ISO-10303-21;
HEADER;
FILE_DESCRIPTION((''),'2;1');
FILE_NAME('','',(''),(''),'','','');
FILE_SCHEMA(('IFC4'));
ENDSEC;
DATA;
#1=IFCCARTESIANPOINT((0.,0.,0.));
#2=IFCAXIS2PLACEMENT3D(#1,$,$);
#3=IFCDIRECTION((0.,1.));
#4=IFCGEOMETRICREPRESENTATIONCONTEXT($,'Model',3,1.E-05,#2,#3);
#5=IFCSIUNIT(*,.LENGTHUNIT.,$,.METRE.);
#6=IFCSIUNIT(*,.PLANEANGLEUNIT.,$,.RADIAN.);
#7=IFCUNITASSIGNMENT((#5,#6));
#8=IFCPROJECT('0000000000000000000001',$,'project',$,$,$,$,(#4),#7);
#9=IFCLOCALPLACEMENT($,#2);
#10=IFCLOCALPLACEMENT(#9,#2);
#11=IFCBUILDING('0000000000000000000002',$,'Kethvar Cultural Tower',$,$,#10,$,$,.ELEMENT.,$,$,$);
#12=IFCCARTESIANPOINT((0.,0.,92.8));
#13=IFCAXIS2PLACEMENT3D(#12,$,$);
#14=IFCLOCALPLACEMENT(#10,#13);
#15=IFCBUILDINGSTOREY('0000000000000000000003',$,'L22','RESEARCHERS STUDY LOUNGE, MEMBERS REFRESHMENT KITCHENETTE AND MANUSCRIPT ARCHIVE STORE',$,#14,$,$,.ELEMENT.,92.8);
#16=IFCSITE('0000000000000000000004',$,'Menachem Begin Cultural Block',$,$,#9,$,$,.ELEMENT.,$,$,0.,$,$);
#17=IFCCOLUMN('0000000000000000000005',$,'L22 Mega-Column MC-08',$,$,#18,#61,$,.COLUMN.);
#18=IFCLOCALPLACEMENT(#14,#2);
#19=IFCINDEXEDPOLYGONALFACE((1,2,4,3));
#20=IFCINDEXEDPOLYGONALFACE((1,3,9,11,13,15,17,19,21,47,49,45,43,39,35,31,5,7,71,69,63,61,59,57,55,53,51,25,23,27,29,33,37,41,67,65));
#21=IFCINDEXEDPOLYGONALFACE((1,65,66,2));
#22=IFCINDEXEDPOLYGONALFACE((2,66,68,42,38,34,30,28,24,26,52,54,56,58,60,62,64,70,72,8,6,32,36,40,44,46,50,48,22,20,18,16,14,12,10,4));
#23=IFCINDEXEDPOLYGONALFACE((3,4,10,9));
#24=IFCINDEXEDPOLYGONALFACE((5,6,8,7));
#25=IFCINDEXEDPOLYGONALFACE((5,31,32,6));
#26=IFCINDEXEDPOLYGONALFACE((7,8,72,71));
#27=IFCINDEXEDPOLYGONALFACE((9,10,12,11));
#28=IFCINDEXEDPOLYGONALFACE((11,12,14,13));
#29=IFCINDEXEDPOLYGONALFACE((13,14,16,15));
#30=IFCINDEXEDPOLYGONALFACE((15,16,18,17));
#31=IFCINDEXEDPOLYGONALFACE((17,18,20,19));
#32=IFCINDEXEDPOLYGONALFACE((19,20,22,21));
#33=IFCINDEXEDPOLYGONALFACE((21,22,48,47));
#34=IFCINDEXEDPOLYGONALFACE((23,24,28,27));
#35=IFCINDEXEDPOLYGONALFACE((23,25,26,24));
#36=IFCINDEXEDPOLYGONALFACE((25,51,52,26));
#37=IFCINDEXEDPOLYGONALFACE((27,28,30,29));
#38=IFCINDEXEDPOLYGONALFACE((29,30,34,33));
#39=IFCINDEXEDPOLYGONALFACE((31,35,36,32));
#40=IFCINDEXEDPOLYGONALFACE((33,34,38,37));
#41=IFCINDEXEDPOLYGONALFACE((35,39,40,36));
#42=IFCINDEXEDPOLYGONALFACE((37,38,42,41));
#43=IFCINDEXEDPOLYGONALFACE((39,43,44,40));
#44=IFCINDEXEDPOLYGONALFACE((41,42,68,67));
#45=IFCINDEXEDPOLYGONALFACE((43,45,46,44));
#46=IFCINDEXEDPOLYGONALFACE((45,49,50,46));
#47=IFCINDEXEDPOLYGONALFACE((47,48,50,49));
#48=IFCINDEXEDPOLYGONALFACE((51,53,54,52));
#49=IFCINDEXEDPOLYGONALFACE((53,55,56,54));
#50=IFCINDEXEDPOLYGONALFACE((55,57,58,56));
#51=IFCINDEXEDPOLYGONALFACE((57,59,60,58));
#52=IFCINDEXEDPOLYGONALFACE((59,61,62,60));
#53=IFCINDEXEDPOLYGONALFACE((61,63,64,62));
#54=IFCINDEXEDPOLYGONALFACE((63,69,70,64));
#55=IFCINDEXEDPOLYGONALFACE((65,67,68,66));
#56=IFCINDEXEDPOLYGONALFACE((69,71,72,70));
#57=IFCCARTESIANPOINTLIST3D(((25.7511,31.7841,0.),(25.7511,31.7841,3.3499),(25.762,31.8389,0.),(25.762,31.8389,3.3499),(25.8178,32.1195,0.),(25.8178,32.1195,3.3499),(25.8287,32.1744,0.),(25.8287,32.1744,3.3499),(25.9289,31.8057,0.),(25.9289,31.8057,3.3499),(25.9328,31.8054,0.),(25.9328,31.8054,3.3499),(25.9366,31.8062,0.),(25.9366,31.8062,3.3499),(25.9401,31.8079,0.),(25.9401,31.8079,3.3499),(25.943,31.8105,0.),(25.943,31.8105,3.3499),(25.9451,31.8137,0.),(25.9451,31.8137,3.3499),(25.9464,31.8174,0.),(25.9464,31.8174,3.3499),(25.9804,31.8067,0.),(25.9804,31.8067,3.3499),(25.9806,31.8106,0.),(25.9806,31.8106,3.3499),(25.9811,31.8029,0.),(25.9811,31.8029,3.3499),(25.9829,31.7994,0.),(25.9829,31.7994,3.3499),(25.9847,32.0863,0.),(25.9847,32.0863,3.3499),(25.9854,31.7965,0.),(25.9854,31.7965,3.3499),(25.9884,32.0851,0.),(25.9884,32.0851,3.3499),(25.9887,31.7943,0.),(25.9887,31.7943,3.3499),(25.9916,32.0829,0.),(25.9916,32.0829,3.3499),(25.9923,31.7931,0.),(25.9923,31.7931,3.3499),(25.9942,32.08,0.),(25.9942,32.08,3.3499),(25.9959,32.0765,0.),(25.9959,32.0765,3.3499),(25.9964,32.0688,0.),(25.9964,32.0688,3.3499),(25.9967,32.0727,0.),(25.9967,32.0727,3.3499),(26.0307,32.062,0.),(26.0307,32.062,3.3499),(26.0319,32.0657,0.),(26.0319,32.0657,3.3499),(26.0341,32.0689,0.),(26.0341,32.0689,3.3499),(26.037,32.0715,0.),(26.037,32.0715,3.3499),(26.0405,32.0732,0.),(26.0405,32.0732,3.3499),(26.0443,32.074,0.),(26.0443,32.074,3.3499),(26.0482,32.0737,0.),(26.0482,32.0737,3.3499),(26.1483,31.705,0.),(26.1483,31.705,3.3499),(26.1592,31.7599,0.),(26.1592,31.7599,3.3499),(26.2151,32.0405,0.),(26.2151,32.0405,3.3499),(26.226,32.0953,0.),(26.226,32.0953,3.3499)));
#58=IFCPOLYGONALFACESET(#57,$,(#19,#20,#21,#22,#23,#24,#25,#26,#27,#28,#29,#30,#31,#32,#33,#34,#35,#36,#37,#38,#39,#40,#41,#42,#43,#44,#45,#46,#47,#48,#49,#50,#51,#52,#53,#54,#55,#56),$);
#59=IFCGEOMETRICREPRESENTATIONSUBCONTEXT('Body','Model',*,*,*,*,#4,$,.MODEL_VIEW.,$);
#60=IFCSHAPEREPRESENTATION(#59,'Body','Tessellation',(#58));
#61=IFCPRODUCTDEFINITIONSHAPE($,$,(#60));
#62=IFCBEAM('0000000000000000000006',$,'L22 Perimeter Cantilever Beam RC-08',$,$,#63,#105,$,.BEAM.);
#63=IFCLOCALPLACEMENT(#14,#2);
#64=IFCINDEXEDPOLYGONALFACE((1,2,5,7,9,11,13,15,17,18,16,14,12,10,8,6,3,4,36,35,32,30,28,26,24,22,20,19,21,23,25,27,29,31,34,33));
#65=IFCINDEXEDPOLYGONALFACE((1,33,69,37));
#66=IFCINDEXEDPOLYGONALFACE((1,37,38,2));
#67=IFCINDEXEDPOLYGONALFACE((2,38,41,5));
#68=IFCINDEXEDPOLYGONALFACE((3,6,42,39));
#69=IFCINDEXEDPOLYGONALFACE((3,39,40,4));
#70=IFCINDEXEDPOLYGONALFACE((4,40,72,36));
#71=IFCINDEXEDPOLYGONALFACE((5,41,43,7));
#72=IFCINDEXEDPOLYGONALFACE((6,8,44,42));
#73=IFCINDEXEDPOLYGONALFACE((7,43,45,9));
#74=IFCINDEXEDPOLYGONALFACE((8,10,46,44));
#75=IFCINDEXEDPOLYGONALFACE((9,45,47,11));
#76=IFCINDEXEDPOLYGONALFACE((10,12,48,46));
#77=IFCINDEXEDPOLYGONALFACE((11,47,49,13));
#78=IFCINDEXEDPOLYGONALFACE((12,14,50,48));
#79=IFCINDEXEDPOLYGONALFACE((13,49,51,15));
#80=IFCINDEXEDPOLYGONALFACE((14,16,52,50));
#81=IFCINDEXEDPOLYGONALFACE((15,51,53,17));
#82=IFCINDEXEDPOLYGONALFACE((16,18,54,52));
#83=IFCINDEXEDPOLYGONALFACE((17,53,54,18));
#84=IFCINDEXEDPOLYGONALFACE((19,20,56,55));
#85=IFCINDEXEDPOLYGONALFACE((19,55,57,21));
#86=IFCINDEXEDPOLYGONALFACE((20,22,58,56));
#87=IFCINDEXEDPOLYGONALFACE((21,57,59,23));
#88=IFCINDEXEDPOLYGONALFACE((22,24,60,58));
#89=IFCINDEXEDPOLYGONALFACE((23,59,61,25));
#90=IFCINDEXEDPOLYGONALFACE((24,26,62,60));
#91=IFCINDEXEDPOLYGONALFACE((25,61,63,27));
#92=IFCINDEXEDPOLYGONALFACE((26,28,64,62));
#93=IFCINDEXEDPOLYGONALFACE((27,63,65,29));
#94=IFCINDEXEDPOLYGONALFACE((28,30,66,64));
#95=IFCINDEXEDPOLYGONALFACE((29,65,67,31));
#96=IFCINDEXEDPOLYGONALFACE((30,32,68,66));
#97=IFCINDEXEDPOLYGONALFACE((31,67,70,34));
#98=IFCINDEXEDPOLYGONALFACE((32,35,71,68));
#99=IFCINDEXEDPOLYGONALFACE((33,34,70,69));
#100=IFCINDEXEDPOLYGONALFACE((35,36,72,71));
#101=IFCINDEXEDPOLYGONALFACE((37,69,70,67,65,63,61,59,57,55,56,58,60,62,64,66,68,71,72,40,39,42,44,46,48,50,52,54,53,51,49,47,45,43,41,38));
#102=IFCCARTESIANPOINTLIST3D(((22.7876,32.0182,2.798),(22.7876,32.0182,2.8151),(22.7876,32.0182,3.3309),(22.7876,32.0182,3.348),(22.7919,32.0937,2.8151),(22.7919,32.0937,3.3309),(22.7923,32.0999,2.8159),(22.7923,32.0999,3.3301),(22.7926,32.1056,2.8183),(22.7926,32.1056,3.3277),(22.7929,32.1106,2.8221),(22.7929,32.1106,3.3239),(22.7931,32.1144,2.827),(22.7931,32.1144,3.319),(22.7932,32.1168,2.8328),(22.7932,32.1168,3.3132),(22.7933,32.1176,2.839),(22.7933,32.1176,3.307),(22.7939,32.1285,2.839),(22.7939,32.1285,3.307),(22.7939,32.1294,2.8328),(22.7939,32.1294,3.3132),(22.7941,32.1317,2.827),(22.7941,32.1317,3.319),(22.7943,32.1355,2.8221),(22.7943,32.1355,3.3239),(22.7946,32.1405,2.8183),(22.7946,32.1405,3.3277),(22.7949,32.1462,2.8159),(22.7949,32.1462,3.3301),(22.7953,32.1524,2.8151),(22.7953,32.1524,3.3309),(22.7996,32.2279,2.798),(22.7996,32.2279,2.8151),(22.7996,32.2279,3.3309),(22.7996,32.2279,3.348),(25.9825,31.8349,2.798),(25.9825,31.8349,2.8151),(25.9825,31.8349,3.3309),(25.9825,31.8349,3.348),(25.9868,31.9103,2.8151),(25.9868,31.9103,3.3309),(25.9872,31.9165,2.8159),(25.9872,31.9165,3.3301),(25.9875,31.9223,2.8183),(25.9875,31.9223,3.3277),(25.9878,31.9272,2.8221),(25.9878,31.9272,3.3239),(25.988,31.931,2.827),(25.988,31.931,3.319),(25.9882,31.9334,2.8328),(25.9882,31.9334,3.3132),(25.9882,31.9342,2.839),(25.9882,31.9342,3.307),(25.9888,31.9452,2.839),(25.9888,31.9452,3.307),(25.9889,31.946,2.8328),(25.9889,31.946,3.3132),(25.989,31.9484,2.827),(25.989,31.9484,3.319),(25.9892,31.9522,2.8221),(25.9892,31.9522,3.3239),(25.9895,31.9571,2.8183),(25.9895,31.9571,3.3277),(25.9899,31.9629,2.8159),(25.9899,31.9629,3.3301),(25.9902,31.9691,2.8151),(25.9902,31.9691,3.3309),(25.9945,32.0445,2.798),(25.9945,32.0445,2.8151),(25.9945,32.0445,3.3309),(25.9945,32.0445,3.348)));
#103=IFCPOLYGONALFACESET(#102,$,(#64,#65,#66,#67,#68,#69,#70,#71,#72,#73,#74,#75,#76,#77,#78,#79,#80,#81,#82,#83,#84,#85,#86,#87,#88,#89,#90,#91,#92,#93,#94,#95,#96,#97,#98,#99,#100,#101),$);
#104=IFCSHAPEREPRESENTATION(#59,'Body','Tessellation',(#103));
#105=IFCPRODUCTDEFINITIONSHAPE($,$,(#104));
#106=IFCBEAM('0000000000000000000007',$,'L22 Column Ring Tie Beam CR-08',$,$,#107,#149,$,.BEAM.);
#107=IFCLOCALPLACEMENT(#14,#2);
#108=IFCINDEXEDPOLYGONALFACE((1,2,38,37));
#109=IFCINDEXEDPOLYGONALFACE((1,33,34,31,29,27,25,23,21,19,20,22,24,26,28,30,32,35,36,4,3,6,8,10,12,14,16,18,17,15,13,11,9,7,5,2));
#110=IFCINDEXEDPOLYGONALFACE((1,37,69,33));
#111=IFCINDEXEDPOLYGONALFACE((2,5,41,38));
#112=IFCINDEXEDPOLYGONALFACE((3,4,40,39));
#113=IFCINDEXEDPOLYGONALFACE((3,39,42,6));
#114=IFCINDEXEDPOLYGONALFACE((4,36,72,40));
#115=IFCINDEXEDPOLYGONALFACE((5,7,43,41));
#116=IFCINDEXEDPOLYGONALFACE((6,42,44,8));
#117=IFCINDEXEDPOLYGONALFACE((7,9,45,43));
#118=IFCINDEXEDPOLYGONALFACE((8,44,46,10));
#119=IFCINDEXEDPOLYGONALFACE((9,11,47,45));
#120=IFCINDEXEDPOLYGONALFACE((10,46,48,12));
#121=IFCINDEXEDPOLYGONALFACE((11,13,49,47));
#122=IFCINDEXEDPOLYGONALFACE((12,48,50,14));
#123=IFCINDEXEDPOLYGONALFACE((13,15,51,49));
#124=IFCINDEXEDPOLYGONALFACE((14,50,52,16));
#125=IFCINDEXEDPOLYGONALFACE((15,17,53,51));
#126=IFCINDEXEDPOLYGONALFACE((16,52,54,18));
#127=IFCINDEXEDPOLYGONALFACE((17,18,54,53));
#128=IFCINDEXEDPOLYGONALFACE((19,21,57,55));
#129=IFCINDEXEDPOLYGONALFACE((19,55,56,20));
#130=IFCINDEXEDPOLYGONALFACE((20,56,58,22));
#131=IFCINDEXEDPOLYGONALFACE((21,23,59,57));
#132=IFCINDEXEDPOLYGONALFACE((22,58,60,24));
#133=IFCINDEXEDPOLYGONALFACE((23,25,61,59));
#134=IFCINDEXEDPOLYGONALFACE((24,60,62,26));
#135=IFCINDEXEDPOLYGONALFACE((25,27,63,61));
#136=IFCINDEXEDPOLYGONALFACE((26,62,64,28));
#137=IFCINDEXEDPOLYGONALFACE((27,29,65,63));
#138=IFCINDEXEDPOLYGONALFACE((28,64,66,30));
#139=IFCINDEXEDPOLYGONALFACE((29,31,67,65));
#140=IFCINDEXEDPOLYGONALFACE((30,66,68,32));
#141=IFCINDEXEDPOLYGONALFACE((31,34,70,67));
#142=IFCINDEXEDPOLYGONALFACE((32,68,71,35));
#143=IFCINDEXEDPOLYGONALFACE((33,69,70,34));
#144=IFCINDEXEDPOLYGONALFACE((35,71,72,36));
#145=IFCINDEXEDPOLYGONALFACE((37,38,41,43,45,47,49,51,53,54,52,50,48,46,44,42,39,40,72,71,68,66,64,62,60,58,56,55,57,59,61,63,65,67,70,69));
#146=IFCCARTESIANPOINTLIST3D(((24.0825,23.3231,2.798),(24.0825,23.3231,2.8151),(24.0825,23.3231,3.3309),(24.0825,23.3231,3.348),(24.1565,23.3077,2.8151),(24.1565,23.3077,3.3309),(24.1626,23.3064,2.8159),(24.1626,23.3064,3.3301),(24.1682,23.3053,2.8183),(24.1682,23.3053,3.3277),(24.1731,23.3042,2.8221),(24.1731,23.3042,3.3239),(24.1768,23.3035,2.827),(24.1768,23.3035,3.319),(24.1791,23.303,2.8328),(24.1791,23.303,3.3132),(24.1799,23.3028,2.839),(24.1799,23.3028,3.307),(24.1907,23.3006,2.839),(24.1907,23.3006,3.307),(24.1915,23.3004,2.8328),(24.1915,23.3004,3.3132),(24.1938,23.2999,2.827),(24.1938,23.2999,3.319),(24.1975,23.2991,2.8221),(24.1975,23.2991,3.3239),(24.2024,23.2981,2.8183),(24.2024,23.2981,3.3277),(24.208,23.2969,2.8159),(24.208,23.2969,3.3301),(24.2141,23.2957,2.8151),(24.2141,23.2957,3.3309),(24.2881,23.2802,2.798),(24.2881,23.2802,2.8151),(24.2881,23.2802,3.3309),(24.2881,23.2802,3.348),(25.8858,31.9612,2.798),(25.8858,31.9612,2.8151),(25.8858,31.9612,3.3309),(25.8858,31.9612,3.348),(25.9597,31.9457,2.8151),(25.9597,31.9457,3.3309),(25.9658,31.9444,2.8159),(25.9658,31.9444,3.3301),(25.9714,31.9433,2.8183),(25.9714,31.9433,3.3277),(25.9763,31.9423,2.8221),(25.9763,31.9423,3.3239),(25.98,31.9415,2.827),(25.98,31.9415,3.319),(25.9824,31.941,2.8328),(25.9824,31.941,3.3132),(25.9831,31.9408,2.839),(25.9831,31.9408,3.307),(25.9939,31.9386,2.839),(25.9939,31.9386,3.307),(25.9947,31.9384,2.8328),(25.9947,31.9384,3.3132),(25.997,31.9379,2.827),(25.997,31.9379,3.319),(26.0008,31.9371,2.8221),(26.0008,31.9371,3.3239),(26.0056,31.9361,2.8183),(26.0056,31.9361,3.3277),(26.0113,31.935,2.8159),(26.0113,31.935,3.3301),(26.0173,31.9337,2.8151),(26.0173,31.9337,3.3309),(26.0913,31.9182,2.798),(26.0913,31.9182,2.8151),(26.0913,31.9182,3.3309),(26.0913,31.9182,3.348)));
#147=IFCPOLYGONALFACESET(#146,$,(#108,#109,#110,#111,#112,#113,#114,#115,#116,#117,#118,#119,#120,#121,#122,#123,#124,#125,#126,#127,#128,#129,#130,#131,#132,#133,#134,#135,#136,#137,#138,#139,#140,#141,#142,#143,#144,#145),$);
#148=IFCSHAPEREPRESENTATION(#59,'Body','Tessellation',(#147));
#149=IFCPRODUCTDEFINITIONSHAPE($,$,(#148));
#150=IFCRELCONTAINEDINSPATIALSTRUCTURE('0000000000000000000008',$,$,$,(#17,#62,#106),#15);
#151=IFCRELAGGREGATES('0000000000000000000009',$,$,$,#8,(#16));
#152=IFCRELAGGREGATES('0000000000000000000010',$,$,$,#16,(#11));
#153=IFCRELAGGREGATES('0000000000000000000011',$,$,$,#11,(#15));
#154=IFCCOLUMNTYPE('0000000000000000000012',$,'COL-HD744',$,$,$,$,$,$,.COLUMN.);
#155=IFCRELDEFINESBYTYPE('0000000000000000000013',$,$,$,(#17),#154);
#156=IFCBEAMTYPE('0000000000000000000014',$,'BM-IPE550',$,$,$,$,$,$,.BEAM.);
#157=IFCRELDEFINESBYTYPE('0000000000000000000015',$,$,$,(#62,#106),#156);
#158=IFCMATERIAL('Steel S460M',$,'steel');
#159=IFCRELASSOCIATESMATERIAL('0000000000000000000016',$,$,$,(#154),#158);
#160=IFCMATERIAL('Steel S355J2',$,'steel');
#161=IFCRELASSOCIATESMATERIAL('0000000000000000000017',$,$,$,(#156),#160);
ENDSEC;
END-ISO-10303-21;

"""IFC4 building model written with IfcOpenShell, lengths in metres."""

from ifc_helpers import new_model, si_unit, direction, frame, origin, origin_2d, place, context, subcontext, project, spatial, i_section, extrude, source, transform, mapped, material, material_profile, profile_set, type_object, element, save


model = new_model("IFC4")

# Units and contexts
model_context = context("Model", 3, precision=1e-05, world=origin(), true_north=direction((0.0, 1.0)))
body_context = subcontext(model_context, "Body", "Model", "MODEL_VIEW")
ifc_project = project(units=[si_unit("LENGTHUNIT", "METRE"), si_unit("PLANEANGLEUNIT", "RADIAN")], contexts=[model_context])

# Site, building, storey
site_placement = place(None, origin())
site = spatial("IfcSite", under=ifc_project, at=site_placement, Name="Menachem Begin Cultural Block", CompositionType="ELEMENT", RefElevation=0.0)
building_placement = place(site_placement, origin())
building = spatial("IfcBuilding", under=site, at=building_placement, Name="Kethvar Cultural Tower", CompositionType="ELEMENT")
storey_placement = place(building_placement, frame((0.0, 0.0, 92.8)))
storey = spatial("IfcBuildingStorey", under=building, at=storey_placement, Name="L22", Description="RESEARCHERS STUDY LOUNGE, MEMBERS REFRESHMENT KITCHENETTE AND MANUSCRIPT ARCHIVE STORE", CompositionType="ELEMENT", Elevation=92.8)

# Column
ifc_material_1 = material(Name="Steel S460M", Category="steel")
ifc_material_profile_1 = material_profile(ifc_material_1, i_section(OverallWidth=0.405, OverallDepth=0.3979, WebThickness=0.0349, FlangeThickness=0.0559, FilletRadius=0.0149, at=origin_2d()), Name="Steel S460M — HD400x744")
ifc_profile_set_1 = profile_set([ifc_material_profile_1], Name="Steel S460M — HD400x744")
column_type = type_object("IfcColumnType", Name="COL-HD744", PredefinedType="COLUMN", material=ifc_profile_set_1)
shared_shape_1 = source(origin(), body_context, "Body", "SweptSolid", [
    extrude(i_section(OverallWidth=0.405, OverallDepth=0.3979, WebThickness=0.0349, FlangeThickness=0.0559, FilletRadius=0.0149, at=origin_2d()), origin(), (0.0, 0.0, 1.0), 3.3499),
])
column_placement = place(storey_placement, frame((25.9885, 31.9397, 0.0), z_axis=(0.0, 0.0, 1.0), x_axis=(-0.980785, 0.19509, 0.0)))
element("IfcColumn", 1, at=column_placement, inside=storey, type_object=column_type, Name="L22 Mega-Column MC-08", PredefinedType="COLUMN", context=body_context, shape_type="MappedRepresentation", body=[
    mapped(shared_shape_1, transform((0.0, 0.0, 0.0), scale=1.0)),
])

# Beams
ifc_material_2 = material(Name="Steel S355J2", Category="steel")
ifc_material_profile_2 = material_profile(ifc_material_2, i_section(OverallWidth=0.21, OverallDepth=0.55, WebThickness=0.011, FlangeThickness=0.0171, FilletRadius=0.0239, at=origin_2d()), Name="Steel S355J2 — IPE550")
ifc_profile_set_2 = profile_set([ifc_material_profile_2], Name="Steel S355J2 — IPE550")
beam_type_1 = type_object("IfcBeamType", Name="BM-IPE550", PredefinedType="BEAM", material=ifc_profile_set_2)
shared_shape_2 = source(origin(), body_context, "Body", "SweptSolid", [
    extrude(i_section(OverallWidth=0.21, OverallDepth=0.55, WebThickness=0.011, FlangeThickness=0.0171, FilletRadius=0.0239, at=origin_2d()), origin(), (0.0, 0.0, 1.0), 3.2002),
])
beam_1_placement = place(storey_placement, frame((25.9885, 31.9397, 3.073), z_axis=(-0.998357, 0.057295, 0.0), x_axis=(-0.057295, -0.998357, 0.0)))
element("IfcBeam", 2, at=beam_1_placement, inside=storey, type_object=beam_type_1, Name="L22 Perimeter Cantilever Beam RC-08", PredefinedType="BEAM", context=body_context, shape_type="MappedRepresentation", body=[
    mapped(shared_shape_2, transform((0.0, 0.0, 0.0), scale=1.0)),
])
shared_shape_3 = source(origin(), body_context, "Body", "SweptSolid", [
    extrude(i_section(OverallWidth=0.21, OverallDepth=0.55, WebThickness=0.011, FlangeThickness=0.0171, FilletRadius=0.0239, at=origin_2d()), origin(), (0.0, 0.0, 1.0), 8.8242),
])
beam_2_placement = place(storey_placement, frame((25.9885, 31.9397, 3.073), z_axis=(-0.204351, -0.978898, 0.0), x_axis=(0.978898, -0.204351, 0.0)))
element("IfcBeam", 3, at=beam_2_placement, inside=storey, type_object=beam_type_1, Name="L22 Column Ring Tie Beam CR-08", PredefinedType="BEAM", context=body_context, shape_type="MappedRepresentation", body=[
    mapped(shared_shape_3, transform((0.0, 0.0, 0.0), scale=1.0)),
])

save(model, "model.ifc")
